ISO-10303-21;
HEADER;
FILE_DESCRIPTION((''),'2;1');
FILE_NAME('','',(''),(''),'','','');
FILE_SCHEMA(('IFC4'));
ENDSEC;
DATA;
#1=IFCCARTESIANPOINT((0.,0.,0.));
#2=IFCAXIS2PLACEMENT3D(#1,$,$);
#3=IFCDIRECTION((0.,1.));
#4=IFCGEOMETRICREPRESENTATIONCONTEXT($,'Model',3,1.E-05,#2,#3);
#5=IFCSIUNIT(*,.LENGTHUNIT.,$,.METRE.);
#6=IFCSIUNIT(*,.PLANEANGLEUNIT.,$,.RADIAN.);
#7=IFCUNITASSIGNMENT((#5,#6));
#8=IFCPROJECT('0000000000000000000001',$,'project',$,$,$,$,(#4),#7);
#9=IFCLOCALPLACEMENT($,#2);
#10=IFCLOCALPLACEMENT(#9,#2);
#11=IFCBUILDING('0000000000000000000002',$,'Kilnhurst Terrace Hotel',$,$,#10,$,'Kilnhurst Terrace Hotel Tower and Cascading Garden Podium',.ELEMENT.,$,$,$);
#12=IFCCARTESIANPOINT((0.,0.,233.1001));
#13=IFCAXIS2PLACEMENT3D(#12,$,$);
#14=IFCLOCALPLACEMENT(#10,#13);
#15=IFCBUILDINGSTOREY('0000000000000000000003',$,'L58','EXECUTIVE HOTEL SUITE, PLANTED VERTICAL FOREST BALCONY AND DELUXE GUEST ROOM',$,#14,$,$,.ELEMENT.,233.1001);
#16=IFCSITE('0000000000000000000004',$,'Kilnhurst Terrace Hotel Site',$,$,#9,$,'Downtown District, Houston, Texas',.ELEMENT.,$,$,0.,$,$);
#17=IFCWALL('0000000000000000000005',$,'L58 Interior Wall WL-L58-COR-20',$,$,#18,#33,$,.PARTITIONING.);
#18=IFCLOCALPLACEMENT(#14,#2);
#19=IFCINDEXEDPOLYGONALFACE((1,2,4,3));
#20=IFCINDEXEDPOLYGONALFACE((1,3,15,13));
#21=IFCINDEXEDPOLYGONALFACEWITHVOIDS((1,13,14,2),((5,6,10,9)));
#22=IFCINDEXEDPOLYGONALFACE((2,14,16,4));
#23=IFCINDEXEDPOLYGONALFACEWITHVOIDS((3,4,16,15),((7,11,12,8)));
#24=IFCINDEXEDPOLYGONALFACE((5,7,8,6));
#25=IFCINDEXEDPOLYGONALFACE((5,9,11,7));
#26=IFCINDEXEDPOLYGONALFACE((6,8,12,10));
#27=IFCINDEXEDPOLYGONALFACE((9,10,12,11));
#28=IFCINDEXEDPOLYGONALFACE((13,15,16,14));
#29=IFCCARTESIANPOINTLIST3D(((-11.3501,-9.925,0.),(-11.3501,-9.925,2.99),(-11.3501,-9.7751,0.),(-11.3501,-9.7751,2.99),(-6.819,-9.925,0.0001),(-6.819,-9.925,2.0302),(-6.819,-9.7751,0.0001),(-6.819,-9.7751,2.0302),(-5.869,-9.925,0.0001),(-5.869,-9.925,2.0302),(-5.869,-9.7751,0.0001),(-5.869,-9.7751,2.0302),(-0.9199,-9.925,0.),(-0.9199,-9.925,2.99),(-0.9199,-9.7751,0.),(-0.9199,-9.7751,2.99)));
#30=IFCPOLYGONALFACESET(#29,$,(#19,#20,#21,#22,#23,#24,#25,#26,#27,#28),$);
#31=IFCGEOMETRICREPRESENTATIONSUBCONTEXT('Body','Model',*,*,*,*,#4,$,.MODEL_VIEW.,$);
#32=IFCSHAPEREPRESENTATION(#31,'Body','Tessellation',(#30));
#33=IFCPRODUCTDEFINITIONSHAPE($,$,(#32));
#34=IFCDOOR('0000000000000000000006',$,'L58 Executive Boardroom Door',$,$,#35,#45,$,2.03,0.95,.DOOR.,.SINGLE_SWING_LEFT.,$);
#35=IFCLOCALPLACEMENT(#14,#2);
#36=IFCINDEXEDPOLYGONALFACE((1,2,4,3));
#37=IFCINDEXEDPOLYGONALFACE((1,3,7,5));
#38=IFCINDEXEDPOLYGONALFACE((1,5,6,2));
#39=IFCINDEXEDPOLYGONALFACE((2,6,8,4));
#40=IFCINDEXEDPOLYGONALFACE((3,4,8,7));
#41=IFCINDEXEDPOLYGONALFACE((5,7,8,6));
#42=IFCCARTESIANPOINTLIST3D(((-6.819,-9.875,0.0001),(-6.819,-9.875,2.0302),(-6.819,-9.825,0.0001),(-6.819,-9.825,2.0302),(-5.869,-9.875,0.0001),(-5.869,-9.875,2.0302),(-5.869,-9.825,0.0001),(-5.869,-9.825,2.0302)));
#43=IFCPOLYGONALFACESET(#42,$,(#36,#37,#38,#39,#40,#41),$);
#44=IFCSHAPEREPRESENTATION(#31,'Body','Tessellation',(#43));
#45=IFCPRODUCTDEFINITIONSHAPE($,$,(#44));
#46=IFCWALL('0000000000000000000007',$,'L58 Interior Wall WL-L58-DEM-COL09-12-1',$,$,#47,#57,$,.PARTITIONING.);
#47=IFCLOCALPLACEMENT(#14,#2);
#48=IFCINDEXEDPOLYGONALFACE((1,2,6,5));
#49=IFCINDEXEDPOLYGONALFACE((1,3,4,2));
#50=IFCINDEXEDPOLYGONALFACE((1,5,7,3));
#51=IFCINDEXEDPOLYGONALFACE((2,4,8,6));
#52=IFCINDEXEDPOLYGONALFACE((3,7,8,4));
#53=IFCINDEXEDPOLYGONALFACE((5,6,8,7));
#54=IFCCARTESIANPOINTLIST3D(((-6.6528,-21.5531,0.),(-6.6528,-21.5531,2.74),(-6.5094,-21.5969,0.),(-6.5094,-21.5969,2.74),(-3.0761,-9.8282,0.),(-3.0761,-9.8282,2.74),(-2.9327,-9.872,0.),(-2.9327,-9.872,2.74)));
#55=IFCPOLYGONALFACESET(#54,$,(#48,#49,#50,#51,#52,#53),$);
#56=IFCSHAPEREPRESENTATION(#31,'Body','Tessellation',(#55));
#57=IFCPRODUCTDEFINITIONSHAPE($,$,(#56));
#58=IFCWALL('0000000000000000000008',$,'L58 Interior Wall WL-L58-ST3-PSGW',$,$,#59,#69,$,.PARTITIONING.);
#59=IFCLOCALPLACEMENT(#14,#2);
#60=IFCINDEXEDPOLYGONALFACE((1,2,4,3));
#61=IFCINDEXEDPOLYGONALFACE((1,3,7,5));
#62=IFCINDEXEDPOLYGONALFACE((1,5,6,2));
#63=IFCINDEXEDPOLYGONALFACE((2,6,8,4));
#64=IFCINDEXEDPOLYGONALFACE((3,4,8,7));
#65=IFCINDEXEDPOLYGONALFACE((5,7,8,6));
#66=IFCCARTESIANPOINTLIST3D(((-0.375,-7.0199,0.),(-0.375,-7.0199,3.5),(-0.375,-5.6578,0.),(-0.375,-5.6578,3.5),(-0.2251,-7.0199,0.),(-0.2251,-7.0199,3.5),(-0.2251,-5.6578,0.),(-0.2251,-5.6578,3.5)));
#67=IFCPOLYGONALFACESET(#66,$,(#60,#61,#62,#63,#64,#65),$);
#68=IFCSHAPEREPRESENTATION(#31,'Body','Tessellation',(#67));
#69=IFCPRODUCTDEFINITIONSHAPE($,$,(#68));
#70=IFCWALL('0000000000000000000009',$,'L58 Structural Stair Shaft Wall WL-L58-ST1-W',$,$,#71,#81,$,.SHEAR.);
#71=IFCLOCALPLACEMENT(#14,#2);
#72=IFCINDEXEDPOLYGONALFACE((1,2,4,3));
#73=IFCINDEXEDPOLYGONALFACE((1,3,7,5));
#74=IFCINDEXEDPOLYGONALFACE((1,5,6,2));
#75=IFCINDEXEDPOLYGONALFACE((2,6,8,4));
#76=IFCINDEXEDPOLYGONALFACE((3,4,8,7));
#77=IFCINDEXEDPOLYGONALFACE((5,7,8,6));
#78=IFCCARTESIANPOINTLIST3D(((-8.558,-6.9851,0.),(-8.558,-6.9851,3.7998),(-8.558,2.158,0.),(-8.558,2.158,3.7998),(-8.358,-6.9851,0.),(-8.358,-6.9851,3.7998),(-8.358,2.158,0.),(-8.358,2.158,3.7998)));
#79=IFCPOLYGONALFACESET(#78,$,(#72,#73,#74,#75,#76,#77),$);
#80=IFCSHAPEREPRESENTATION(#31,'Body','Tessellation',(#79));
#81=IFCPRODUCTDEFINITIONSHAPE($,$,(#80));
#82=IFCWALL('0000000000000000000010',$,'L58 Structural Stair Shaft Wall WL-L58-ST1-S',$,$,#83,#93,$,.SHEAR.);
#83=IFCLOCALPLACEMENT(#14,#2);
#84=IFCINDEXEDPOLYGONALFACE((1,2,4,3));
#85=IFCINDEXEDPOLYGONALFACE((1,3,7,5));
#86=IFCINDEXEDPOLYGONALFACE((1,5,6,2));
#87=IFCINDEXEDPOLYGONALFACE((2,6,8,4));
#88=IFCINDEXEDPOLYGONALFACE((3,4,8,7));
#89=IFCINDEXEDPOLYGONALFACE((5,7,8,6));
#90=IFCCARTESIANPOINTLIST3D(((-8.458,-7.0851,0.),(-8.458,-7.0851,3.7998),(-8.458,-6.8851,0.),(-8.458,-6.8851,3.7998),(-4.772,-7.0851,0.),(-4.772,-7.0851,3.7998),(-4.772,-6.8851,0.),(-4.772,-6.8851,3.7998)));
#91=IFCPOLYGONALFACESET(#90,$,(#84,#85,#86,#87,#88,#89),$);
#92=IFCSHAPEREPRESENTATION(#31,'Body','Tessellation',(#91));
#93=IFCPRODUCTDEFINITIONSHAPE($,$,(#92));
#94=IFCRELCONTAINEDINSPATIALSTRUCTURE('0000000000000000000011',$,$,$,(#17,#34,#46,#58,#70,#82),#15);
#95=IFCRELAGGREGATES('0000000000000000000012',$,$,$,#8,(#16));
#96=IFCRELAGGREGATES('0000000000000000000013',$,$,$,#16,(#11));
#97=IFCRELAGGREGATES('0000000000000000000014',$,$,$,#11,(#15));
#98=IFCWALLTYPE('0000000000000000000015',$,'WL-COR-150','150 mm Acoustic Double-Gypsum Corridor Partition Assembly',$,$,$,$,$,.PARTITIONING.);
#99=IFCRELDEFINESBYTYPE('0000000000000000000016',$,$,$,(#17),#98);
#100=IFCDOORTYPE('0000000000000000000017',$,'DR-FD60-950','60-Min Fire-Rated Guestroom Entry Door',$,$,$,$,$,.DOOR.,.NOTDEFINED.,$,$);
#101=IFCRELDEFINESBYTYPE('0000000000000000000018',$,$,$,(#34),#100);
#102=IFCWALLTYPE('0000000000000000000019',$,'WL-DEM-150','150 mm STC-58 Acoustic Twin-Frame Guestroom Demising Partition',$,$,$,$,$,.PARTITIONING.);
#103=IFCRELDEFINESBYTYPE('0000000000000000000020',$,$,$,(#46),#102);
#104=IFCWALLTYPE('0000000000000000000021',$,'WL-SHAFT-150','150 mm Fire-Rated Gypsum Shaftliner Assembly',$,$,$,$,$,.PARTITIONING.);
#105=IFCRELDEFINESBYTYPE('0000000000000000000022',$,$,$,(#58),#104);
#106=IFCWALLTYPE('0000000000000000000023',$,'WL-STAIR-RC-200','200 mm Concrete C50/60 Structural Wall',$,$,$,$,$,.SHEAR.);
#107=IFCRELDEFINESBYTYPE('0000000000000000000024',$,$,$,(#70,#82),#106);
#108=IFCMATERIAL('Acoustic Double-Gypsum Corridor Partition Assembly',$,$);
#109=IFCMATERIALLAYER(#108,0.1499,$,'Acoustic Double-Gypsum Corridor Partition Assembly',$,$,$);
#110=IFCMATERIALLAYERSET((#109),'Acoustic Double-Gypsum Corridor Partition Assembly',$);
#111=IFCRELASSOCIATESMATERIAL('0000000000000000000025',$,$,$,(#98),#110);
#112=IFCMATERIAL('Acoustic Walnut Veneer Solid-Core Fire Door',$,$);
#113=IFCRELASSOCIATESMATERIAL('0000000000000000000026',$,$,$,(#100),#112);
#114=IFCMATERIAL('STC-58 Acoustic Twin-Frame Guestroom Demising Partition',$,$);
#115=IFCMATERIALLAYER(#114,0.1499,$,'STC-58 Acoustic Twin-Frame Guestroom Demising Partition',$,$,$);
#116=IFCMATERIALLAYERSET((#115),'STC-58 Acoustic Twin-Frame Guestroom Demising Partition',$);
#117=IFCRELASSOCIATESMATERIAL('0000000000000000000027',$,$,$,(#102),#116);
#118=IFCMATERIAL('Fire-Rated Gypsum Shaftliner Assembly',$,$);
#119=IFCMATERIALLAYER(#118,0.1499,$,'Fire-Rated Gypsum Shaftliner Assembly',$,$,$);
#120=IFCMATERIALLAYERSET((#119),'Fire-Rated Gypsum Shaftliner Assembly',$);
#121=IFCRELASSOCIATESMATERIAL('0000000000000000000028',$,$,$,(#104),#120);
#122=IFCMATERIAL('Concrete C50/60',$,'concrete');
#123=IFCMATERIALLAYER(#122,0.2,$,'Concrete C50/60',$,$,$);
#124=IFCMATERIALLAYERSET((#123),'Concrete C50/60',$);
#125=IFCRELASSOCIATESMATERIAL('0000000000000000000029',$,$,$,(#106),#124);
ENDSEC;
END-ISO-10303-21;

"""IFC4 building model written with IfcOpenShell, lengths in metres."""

from ifc_helpers import new_model, si_unit, direction, frame, frame_2d, origin, place, context, subcontext, project, spatial, rectangle, extrude, material, layer, layer_set, type_object, element, fill, save


model = new_model("IFC4")

# Units and contexts
model_context = context("Model", 3, precision=1e-05, world=origin(), true_north=direction((0.0, 1.0)))
body_context = subcontext(model_context, "Body", "Model", "MODEL_VIEW")
ifc_project = project(units=[si_unit("LENGTHUNIT", "METRE"), si_unit("PLANEANGLEUNIT", "RADIAN")], contexts=[model_context])

# Site, building, storey
site_placement = place(None, origin())
site = spatial("IfcSite", under=ifc_project, at=site_placement, Name="Kilnhurst Terrace Hotel Site", LongName="Downtown District, Houston, Texas", CompositionType="ELEMENT", RefElevation=0.0)
building_placement = place(site_placement, origin())
building = spatial("IfcBuilding", under=site, at=building_placement, Name="Kilnhurst Terrace Hotel", LongName="Kilnhurst Terrace Hotel Tower and Cascading Garden Podium", CompositionType="ELEMENT")
storey_placement = place(building_placement, frame((0.0, 0.0, 233.1001)))
storey = spatial("IfcBuildingStorey", under=building, at=storey_placement, Name="L58", Description="EXECUTIVE HOTEL SUITE, PLANTED VERTICAL FOREST BALCONY AND DELUXE GUEST ROOM", CompositionType="ELEMENT", Elevation=233.1001)

# Shared definitions
ifc_material_1 = material(Name="Concrete C50/60", Category="concrete")

# Wall, opening, door
ifc_material_2 = material(Name="Acoustic Double-Gypsum Corridor Partition Assembly")
ifc_layer_1 = layer(ifc_material_2, 0.1499, Name="Acoustic Double-Gypsum Corridor Partition Assembly")
ifc_layer_set_1 = layer_set([ifc_layer_1], Name="Acoustic Double-Gypsum Corridor Partition Assembly")
wall_type_1 = type_object("IfcWallType", Name="WL-COR-150", Description="150 mm Acoustic Double-Gypsum Corridor Partition Assembly", PredefinedType="PARTITIONING", material=ifc_layer_set_1)
wall_1_placement = place(storey_placement, frame((-0.9199, -9.8501, 0.0), z_axis=(0.0, 0.0, 1.0), x_axis=(-1.0, 0.0, 0.0)))
wall_1 = element("IfcWall", 1, at=wall_1_placement, inside=storey, type_object=wall_type_1, Name="L58 Interior Wall WL-L58-COR-20", PredefinedType="PARTITIONING", context=body_context, shape_type="SweptSolid", body=[
    extrude(rectangle(XDim=10.4302, YDim=0.1499, at=frame_2d((5.2151, 0.0))), origin(), (0.0, 0.0, 1.0), 2.99),
])
opening_1_placement = place(wall_1_placement, frame((4.949, 0.0, 0.0)))
opening_1 = element("IfcOpeningElement", 2, at=opening_1_placement, cuts=wall_1, PredefinedType="OPENING", context=body_context, shape_type="SweptSolid", body=[
    extrude(rectangle(XDim=0.95, YDim=2.03, at=frame_2d((0.4751, 1.0151))), frame((0.0, 0.085, 0.0), z_axis=(0.0, -1.0, 0.0), x_axis=(1.0, 0.0, 0.0)), (0.0, 0.0, 1.0), 0.1699),
])
ifc_material_3 = material(Name="Acoustic Walnut Veneer Solid-Core Fire Door")
door_type_1 = type_object("IfcDoorType", Name="DR-FD60-950", Description="60-Min Fire-Rated Guestroom Entry Door", OperationType="NOTDEFINED", PredefinedType="DOOR", material=ifc_material_3)
door_1_placement = place(opening_1_placement, origin())
door_1 = element("IfcDoor", 3, at=door_1_placement, inside=storey, type_object=door_type_1, Name="L58 Executive Boardroom Door", OperationType="SINGLE_SWING_LEFT", OverallHeight=2.03, OverallWidth=0.95, PredefinedType="DOOR", context=body_context, shape_type="SweptSolid", body=[
    extrude(rectangle(XDim=0.95, YDim=2.03, at=frame_2d((0.4751, 1.0151))), frame((0.0, 0.0249, 0.0), z_axis=(0.0, -1.0, 0.0), x_axis=(1.0, 0.0, 0.0)), (0.0, 0.0, 1.0), 0.05),
])
fill(opening_1, door_1)

# Walls
ifc_material_4 = material(Name="STC-58 Acoustic Twin-Frame Guestroom Demising Partition")
ifc_layer_2 = layer(ifc_material_4, 0.1499, Name="STC-58 Acoustic Twin-Frame Guestroom Demising Partition")
ifc_layer_set_2 = layer_set([ifc_layer_2], Name="STC-58 Acoustic Twin-Frame Guestroom Demising Partition")
wall_type_2 = type_object("IfcWallType", Name="WL-DEM-150", Description="150 mm STC-58 Acoustic Twin-Frame Guestroom Demising Partition", PredefinedType="PARTITIONING", material=ifc_layer_set_2)
wall_2_placement = place(storey_placement, frame((-3.0044, -9.8501, 0.0), z_axis=(0.0, 0.0, 1.0), x_axis=(-0.291776, -0.956487, 0.0)))
element("IfcWall", 4, at=wall_2_placement, inside=storey, type_object=wall_type_2, Name="L58 Interior Wall WL-L58-DEM-COL09-12-1", PredefinedType="PARTITIONING", context=body_context, shape_type="SweptSolid", body=[
    extrude(rectangle(XDim=12.2583, YDim=0.1499, at=frame_2d((6.1292, 0.0))), origin(), (0.0, 0.0, 1.0), 2.74),
])
ifc_material_5 = material(Name="Fire-Rated Gypsum Shaftliner Assembly")
ifc_layer_3 = layer(ifc_material_5, 0.1499, Name="Fire-Rated Gypsum Shaftliner Assembly")
ifc_layer_set_3 = layer_set([ifc_layer_3], Name="Fire-Rated Gypsum Shaftliner Assembly")
wall_type_3 = type_object("IfcWallType", Name="WL-SHAFT-150", Description="150 mm Fire-Rated Gypsum Shaftliner Assembly", PredefinedType="PARTITIONING", material=ifc_layer_set_3)
wall_3_placement = place(storey_placement, frame((-0.3, -7.02, 0.0), z_axis=(0.0, 0.0, 1.0), x_axis=(0.0, 1.0, 0.0)))
element("IfcWall", 5, at=wall_3_placement, inside=storey, type_object=wall_type_3, Name="L58 Interior Wall WL-L58-ST3-PSGW", PredefinedType="PARTITIONING", context=body_context, shape_type="SweptSolid", body=[
    extrude(rectangle(XDim=1.3621, YDim=0.1499, at=frame_2d((0.6812, 0.0))), origin(), (0.0, 0.0, 1.0), 3.5),
])
ifc_layer_4 = layer(ifc_material_1, 0.2, Name="Concrete C50/60")
ifc_layer_set_4 = layer_set([ifc_layer_4], Name="Concrete C50/60")
wall_type_4 = type_object("IfcWallType", Name="WL-STAIR-RC-200", Description="200 mm Concrete C50/60 Structural Wall", PredefinedType="SHEAR", material=ifc_layer_set_4)
wall_4_placement = place(storey_placement, frame((-8.458, -6.9851, 0.0), z_axis=(0.0, 0.0, 1.0), x_axis=(0.0, 1.0, 0.0)))
element("IfcWall", 6, at=wall_4_placement, inside=storey, type_object=wall_type_4, Name="L58 Structural Stair Shaft Wall WL-L58-ST1-W", PredefinedType="SHEAR", context=body_context, shape_type="SweptSolid", body=[
    extrude(rectangle(XDim=9.1431, YDim=0.2, at=frame_2d((4.5715, 0.0))), origin(), (0.0, 0.0, 1.0), 3.7998),
])
wall_5_placement = place(storey_placement, frame((-8.458, -6.9851, 0.0), z_axis=(0.0, 0.0, 1.0), x_axis=(1.0, 0.0, 0.0)))
element("IfcWall", 7, at=wall_5_placement, inside=storey, type_object=wall_type_4, Name="L58 Structural Stair Shaft Wall WL-L58-ST1-S", PredefinedType="SHEAR", context=body_context, shape_type="SweptSolid", body=[
    extrude(rectangle(XDim=3.686, YDim=0.2, at=frame_2d((1.843, 0.0))), origin(), (0.0, 0.0, 1.0), 3.7998),
])

save(model, "model.ifc")
